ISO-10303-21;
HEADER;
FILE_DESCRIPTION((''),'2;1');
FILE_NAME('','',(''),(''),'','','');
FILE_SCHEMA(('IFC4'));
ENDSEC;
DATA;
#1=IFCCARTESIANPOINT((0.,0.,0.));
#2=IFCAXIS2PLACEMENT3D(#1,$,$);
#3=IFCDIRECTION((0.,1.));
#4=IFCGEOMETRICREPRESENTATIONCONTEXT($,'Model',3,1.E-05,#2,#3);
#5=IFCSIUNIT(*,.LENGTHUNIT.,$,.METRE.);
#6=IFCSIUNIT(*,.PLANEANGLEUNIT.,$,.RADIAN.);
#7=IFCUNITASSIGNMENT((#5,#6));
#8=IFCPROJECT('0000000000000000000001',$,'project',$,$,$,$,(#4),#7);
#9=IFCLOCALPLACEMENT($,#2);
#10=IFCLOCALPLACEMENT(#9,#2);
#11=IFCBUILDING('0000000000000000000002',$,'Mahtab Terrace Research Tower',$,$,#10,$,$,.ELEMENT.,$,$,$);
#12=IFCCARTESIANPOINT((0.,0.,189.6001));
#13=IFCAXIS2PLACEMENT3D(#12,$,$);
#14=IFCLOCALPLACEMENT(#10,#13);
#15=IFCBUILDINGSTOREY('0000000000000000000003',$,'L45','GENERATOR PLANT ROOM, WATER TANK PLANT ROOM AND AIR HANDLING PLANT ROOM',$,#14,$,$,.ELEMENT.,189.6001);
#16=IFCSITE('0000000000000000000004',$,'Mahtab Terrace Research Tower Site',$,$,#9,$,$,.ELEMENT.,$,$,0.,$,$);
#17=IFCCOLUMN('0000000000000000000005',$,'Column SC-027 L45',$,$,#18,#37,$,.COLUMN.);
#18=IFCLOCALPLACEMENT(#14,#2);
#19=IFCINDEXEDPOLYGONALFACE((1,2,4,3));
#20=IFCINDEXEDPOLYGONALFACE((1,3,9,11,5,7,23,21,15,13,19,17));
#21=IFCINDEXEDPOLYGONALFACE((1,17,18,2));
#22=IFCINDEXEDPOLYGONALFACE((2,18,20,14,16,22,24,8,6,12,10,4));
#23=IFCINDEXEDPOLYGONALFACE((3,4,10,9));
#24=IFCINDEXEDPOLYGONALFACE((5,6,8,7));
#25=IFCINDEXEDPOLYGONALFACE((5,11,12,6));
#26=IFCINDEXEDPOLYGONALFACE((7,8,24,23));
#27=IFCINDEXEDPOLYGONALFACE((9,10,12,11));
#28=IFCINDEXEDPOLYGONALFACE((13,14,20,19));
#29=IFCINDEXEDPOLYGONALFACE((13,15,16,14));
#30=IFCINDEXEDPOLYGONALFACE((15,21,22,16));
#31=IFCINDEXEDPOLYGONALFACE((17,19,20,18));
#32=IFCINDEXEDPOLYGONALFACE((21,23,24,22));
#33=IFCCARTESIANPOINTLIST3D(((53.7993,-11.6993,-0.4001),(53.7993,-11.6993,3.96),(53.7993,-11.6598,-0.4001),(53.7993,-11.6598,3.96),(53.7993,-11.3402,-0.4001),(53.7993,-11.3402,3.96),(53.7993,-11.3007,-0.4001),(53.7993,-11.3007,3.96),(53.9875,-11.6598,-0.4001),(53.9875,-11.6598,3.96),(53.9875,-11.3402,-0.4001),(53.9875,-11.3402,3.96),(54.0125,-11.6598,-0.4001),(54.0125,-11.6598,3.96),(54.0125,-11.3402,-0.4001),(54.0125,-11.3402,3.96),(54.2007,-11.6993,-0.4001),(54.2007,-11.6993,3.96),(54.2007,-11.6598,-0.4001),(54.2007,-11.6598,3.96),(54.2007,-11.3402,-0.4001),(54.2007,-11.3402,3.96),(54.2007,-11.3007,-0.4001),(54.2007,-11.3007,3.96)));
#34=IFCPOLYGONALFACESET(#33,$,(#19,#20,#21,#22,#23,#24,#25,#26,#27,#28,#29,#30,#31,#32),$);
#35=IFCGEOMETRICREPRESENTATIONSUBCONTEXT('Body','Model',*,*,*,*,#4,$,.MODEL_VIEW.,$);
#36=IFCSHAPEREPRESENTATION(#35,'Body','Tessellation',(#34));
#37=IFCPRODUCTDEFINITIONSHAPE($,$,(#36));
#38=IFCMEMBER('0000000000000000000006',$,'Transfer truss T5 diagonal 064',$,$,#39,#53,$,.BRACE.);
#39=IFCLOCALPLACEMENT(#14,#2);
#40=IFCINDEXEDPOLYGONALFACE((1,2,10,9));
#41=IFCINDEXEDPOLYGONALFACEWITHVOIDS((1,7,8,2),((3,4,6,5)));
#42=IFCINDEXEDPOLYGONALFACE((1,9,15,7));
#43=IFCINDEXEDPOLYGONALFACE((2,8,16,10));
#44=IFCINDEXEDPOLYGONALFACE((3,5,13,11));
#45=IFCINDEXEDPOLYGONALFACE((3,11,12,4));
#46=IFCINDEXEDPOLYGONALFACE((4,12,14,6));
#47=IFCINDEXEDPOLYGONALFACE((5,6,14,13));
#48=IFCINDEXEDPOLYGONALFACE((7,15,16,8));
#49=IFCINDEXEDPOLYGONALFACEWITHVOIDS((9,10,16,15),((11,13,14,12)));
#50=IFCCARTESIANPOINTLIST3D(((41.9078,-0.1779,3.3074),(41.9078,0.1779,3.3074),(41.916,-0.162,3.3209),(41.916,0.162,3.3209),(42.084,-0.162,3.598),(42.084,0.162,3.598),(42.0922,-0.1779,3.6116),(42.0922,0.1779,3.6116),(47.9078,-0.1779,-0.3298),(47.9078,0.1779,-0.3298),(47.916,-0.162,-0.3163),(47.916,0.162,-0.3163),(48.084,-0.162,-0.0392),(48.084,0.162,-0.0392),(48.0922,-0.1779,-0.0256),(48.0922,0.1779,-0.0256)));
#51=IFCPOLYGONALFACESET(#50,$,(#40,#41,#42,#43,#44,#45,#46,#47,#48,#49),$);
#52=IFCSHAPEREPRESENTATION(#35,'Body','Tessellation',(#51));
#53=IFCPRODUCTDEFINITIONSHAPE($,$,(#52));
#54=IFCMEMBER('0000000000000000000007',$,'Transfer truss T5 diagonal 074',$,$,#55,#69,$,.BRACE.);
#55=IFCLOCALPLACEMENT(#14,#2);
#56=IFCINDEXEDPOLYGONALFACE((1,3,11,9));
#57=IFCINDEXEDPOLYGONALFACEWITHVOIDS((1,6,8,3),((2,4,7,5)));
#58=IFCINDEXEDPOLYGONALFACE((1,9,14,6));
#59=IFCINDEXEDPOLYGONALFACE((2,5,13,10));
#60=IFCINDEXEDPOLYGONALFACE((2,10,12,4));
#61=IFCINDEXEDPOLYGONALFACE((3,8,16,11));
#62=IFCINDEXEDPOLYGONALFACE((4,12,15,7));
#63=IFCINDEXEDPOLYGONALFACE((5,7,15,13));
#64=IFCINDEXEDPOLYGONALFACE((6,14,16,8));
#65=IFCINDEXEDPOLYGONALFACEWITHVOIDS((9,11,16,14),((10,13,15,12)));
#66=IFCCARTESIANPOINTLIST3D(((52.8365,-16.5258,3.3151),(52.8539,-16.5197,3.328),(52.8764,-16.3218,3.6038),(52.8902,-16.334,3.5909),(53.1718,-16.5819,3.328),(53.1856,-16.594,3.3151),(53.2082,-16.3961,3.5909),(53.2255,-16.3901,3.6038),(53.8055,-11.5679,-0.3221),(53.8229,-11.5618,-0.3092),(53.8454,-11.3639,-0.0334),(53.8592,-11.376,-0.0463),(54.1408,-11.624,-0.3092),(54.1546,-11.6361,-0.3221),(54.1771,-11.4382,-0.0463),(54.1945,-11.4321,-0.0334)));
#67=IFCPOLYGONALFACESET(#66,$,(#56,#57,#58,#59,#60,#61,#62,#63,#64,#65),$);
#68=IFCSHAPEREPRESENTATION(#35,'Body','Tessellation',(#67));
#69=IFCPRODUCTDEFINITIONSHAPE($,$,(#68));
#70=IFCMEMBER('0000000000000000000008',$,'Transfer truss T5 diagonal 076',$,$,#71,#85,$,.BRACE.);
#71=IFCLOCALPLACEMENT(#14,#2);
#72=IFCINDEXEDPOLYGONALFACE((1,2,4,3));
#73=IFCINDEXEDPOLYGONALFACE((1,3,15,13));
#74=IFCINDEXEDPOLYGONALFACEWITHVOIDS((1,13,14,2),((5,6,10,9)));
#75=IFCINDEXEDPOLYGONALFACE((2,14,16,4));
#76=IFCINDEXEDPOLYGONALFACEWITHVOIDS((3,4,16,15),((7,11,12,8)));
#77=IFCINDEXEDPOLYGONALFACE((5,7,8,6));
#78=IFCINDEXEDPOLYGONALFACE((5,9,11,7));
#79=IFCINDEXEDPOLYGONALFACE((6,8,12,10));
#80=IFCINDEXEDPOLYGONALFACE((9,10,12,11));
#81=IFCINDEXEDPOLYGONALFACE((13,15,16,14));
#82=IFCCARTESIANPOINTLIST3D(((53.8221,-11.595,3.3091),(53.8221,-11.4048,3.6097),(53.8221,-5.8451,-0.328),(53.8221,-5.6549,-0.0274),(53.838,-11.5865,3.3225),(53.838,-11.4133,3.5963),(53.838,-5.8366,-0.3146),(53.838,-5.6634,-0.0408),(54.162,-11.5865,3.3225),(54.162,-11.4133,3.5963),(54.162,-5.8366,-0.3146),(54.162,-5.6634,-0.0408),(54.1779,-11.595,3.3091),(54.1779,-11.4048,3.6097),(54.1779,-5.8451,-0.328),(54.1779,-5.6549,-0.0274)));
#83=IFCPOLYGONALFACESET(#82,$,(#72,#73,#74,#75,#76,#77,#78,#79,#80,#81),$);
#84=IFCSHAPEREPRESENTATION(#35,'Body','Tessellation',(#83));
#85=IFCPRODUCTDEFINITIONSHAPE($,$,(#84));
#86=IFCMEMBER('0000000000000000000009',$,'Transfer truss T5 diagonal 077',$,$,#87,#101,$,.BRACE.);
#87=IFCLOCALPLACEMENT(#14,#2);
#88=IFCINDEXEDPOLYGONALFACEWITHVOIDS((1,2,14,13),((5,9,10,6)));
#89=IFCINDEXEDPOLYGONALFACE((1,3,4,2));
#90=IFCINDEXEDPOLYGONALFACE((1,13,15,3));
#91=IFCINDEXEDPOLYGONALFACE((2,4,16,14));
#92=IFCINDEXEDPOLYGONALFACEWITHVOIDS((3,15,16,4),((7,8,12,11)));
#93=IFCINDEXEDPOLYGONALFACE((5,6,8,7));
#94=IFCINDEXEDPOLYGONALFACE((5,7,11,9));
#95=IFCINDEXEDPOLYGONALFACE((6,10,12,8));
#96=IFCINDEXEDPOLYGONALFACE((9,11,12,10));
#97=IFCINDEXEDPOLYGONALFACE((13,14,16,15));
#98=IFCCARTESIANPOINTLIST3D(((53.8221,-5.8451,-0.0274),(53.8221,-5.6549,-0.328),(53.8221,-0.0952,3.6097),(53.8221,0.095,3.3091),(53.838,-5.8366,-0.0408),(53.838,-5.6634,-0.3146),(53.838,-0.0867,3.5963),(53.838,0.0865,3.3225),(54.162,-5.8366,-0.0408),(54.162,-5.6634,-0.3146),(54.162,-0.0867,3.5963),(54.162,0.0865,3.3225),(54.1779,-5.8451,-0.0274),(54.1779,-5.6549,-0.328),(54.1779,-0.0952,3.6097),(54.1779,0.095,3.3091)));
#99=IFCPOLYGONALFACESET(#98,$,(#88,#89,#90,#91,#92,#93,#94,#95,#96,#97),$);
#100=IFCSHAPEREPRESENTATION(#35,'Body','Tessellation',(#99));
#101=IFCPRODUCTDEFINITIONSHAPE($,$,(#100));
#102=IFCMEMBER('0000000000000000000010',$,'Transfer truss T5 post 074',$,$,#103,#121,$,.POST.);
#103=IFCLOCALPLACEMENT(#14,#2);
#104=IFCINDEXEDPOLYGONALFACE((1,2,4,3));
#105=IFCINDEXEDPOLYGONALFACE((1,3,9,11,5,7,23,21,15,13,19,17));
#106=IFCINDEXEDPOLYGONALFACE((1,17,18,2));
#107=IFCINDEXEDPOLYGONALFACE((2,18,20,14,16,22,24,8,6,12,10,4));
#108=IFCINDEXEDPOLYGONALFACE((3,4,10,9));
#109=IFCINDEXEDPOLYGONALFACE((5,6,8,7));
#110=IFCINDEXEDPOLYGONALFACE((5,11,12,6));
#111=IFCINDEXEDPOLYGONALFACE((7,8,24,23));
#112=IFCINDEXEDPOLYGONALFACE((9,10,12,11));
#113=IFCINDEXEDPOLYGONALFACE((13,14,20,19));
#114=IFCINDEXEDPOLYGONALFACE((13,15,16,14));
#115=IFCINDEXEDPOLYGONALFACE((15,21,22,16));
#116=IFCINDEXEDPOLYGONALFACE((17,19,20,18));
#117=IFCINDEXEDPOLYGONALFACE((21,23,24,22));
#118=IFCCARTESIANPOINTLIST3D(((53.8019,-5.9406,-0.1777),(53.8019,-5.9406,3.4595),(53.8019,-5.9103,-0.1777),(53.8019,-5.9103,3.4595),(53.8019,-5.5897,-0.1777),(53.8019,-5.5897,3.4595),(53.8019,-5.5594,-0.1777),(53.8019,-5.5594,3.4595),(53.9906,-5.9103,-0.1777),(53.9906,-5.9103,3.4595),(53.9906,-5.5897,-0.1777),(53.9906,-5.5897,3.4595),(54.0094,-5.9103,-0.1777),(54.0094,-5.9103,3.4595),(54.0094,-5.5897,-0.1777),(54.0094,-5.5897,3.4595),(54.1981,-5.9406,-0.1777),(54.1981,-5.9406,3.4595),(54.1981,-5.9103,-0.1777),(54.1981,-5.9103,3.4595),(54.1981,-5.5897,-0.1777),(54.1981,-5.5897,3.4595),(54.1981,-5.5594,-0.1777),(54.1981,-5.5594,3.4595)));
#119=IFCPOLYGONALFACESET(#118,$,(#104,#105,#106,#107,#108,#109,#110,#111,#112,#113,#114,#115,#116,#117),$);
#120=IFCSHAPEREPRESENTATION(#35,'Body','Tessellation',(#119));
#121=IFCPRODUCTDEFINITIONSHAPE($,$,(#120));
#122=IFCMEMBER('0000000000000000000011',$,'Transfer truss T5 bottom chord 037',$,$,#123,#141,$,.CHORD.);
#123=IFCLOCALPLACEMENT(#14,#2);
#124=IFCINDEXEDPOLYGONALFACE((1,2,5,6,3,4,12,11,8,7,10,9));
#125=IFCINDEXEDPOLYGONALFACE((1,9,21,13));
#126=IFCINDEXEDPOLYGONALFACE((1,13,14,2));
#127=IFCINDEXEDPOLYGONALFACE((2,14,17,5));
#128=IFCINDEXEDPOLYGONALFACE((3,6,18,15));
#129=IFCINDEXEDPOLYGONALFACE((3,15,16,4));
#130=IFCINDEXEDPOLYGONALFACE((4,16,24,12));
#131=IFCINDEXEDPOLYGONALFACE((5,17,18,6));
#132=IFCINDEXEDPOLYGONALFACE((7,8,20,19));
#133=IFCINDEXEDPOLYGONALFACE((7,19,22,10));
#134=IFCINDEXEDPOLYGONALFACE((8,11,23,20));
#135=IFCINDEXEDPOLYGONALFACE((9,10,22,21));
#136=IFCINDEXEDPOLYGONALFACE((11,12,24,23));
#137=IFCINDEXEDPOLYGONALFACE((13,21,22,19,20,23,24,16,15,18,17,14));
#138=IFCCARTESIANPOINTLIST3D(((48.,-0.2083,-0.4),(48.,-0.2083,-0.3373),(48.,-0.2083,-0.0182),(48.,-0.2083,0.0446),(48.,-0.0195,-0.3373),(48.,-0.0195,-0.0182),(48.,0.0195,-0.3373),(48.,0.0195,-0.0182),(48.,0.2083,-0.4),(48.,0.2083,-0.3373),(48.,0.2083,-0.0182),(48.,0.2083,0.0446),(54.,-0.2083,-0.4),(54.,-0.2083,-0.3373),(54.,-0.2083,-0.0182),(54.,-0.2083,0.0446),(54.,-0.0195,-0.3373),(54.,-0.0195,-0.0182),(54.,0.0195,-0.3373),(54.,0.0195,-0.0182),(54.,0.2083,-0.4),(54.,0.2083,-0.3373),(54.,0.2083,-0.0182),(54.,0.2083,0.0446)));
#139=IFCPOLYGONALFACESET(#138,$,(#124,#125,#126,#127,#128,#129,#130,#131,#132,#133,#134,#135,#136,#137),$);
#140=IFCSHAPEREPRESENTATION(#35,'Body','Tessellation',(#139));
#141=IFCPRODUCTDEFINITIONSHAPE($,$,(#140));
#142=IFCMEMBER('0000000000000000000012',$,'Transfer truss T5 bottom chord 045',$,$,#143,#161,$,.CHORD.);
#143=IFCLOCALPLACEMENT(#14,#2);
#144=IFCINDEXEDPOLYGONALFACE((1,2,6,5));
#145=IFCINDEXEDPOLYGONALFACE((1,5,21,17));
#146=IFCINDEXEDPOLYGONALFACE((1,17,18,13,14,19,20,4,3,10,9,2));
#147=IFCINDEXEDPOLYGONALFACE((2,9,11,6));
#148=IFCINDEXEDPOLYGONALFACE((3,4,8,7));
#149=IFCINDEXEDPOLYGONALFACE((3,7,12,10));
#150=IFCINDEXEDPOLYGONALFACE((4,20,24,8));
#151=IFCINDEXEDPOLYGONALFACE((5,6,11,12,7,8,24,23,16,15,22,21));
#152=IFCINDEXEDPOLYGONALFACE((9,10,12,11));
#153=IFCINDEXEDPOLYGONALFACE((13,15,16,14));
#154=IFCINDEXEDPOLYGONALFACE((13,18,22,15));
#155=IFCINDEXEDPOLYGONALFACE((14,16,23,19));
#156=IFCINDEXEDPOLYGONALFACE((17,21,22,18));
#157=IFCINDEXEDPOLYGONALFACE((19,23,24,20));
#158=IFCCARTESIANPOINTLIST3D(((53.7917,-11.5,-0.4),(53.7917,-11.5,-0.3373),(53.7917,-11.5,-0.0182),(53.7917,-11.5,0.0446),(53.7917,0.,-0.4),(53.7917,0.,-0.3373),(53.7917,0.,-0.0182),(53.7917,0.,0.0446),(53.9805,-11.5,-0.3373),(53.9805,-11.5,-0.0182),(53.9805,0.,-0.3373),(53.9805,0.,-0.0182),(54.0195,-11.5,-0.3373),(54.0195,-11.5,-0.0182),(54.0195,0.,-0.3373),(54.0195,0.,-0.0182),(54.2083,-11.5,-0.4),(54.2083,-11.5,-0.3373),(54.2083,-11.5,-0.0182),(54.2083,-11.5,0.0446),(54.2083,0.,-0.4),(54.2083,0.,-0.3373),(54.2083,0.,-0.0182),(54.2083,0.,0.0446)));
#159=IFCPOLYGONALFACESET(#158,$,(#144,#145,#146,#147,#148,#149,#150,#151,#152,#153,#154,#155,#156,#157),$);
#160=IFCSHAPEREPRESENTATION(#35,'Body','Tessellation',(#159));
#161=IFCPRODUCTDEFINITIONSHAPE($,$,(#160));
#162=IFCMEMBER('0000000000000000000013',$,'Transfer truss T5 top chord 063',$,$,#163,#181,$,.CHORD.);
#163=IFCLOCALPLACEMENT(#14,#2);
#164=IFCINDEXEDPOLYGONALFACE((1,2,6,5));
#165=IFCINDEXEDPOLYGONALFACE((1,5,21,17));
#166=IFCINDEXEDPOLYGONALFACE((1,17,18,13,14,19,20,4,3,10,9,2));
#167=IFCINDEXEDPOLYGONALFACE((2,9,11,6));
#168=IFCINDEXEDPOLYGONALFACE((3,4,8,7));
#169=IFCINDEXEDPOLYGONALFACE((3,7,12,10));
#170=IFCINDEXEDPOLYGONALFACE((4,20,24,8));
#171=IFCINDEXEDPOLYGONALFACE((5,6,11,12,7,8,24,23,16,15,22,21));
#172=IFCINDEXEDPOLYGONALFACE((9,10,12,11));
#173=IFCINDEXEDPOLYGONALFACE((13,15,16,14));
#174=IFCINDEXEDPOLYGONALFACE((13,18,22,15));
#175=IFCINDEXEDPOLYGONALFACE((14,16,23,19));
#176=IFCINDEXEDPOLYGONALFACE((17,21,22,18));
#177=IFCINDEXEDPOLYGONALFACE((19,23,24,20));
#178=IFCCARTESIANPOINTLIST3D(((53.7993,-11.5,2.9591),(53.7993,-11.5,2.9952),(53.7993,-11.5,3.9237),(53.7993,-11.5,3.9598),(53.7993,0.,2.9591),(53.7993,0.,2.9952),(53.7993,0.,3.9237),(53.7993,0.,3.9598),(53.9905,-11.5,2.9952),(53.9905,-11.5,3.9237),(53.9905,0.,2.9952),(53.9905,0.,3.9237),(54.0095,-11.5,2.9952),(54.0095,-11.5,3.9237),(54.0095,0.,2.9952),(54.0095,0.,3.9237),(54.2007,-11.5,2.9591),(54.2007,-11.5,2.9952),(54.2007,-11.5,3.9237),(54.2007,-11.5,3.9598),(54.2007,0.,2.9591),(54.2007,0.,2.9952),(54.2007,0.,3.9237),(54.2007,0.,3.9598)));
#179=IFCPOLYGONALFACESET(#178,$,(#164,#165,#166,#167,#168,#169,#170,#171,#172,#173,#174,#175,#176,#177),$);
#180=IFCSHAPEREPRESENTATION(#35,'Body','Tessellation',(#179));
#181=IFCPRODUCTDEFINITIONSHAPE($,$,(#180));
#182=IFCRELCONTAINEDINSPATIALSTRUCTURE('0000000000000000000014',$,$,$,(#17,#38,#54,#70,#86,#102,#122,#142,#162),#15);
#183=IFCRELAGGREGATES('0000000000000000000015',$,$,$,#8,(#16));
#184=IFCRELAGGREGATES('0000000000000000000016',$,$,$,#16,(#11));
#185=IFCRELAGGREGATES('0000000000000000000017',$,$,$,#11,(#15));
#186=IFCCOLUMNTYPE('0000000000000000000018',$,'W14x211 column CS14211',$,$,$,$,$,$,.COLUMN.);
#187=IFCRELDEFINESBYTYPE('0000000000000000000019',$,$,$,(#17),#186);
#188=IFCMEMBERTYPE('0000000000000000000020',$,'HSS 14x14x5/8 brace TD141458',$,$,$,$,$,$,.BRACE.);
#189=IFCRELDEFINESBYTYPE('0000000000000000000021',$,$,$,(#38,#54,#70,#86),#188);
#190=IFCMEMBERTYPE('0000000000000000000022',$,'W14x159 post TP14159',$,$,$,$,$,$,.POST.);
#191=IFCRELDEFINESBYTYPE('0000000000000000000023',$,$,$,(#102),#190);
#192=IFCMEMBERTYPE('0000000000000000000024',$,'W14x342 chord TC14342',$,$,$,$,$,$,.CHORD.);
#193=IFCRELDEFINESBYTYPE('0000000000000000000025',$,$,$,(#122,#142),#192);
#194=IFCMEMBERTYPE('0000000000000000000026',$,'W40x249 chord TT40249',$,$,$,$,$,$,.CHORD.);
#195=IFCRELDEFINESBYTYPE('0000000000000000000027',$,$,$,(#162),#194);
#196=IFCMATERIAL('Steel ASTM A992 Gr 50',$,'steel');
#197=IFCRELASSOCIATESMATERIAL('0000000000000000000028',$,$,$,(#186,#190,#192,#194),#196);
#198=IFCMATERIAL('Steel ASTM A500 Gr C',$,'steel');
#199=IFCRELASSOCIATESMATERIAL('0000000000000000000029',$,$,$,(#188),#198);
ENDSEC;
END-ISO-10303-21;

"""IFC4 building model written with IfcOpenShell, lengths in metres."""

from ifc_helpers import new_model, si_unit, direction, frame, origin, origin_2d, place, context, subcontext, project, spatial, hollow_rectangle, i_section, extrude, material, material_profile, profile_set, type_object, element, save


model = new_model("IFC4")

# Units and contexts
model_context = context("Model", 3, precision=1e-05, world=origin(), true_north=direction((0.0, 1.0)))
body_context = subcontext(model_context, "Body", "Model", "MODEL_VIEW")
ifc_project = project(units=[si_unit("LENGTHUNIT", "METRE"), si_unit("PLANEANGLEUNIT", "RADIAN")], contexts=[model_context])

# Site, building, storey
site_placement = place(None, origin())
site = spatial("IfcSite", under=ifc_project, at=site_placement, Name="Mahtab Terrace Research Tower Site", CompositionType="ELEMENT", RefElevation=0.0)
building_placement = place(site_placement, origin())
building = spatial("IfcBuilding", under=site, at=building_placement, Name="Mahtab Terrace Research Tower", CompositionType="ELEMENT")
storey_placement = place(building_placement, frame((0.0, 0.0, 189.6001)))
storey = spatial("IfcBuildingStorey", under=building, at=storey_placement, Name="L45", Description="GENERATOR PLANT ROOM, WATER TANK PLANT ROOM AND AIR HANDLING PLANT ROOM", CompositionType="ELEMENT", Elevation=189.6001)

# Column
ifc_material_1 = material(Name="Steel ASTM A992 Gr 50", Category="steel")
ifc_material_profile_1 = material_profile(ifc_material_1, i_section(OverallWidth=0.4014, OverallDepth=0.3987, WebThickness=0.0249, FlangeThickness=0.0396, at=origin_2d()), Name="W14X211")
ifc_profile_set_1 = profile_set([ifc_material_profile_1], Name="Steel ASTM A992 Gr 50")
column_type = type_object("IfcColumnType", Name="W14x211 column CS14211", PredefinedType="COLUMN", material=ifc_profile_set_1)
column_placement = place(storey_placement, frame((54.0, -11.5, -0.4001), z_axis=(0.0, 0.0, 1.0), x_axis=(1.0, 0.0, 0.0)))
element("IfcColumn", 1, at=column_placement, inside=storey, type_object=column_type, Name="Column SC-027 L45", PredefinedType="COLUMN", context=body_context, shape_type="SweptSolid", body=[
    extrude(i_section(OverallWidth=0.4014, OverallDepth=0.3987, WebThickness=0.0249, FlangeThickness=0.0396, at=origin_2d()), origin(), (0.0, 0.0, 1.0), 4.3601),
])

# Members
ifc_material_2 = material(Name="Steel ASTM A500 Gr C", Category="steel")
ifc_material_profile_2 = material_profile(ifc_material_2, hollow_rectangle(XDim=0.3557, YDim=0.3557, WallThickness=0.0159, at=origin_2d()), Name="HSS14X14X5/8")
ifc_profile_set_2 = profile_set([ifc_material_profile_2], Name="Steel ASTM A500 Gr C")
member_type_1 = type_object("IfcMemberType", Name="HSS 14x14x5/8 brace TD141458", PredefinedType="BRACE", material=ifc_profile_set_2)
member_1_placement = place(storey_placement, frame((48.0, 0.0, -0.1777), z_axis=(-0.855145, 0.0, 0.51839), x_axis=(0.0, -1.0, 0.0)))
element("IfcMember", 2, at=member_1_placement, inside=storey, type_object=member_type_1, Name="Transfer truss T5 diagonal 064", PredefinedType="BRACE", context=body_context, shape_type="SweptSolid", body=[
    extrude(hollow_rectangle(XDim=0.3557, YDim=0.3557, WallThickness=0.0159, at=origin_2d()), origin(), (0.0, 0.0, 1.0), 7.0164),
])
member_2_placement = place(storey_placement, frame((54.0, -11.5, -0.1777), z_axis=(-0.155663, -0.796473, 0.584294), x_axis=(0.981432, -0.191811, 0.0)))
element("IfcMember", 3, at=member_2_placement, inside=storey, type_object=member_type_1, Name="Transfer truss T5 diagonal 074", PredefinedType="BRACE", context=body_context, shape_type="SweptSolid", body=[
    extrude(hollow_rectangle(XDim=0.3557, YDim=0.3557, WallThickness=0.0159, at=origin_2d()), origin(), (0.0, 0.0, 1.0), 6.2249),
])
for number, where, z_axis, x_axis, name in (
    (4, (54.0, -5.75, -0.1777), (0.0, -0.845115, 0.534584), (1.0, 0.0, 0.0), "Transfer truss T5 diagonal 076"),
    (5, (54.0, -5.75, -0.1777), (0.0, 0.845115, 0.534584), (-1.0, 0.0, 0.0), "Transfer truss T5 diagonal 077"),
):
    element("IfcMember", number, at=place(storey_placement, frame(where, z_axis=z_axis, x_axis=x_axis)), inside=storey, type_object=member_type_1, Name=name, PredefinedType="BRACE", context=body_context, shape_type="SweptSolid", body=[
        extrude(hollow_rectangle(XDim=0.3557, YDim=0.3557, WallThickness=0.0159, at=origin_2d()), origin(), (0.0, 0.0, 1.0), 6.8037),
    ])
ifc_material_profile_3 = material_profile(ifc_material_1, i_section(OverallWidth=0.3962, OverallDepth=0.3811, WebThickness=0.0188, FlangeThickness=0.0303, at=origin_2d()), Name="W14X159")
ifc_profile_set_3 = profile_set([ifc_material_profile_3], Name="Steel ASTM A992 Gr 50")
member_type_2 = type_object("IfcMemberType", Name="W14x159 post TP14159", PredefinedType="POST", material=ifc_profile_set_3)
member_3_placement = place(storey_placement, frame((54.0, -5.75, -0.1777), z_axis=(0.0, 0.0, 1.0), x_axis=(1.0, 0.0, 0.0)))
element("IfcMember", 6, at=member_3_placement, inside=storey, type_object=member_type_2, Name="Transfer truss T5 post 074", PredefinedType="POST", context=body_context, shape_type="SweptSolid", body=[
    extrude(i_section(OverallWidth=0.3962, OverallDepth=0.3811, WebThickness=0.0188, FlangeThickness=0.0303, at=origin_2d()), origin(), (0.0, 0.0, 1.0), 3.6372),
])
ifc_material_profile_4 = material_profile(ifc_material_1, i_section(OverallWidth=0.4165, OverallDepth=0.4446, WebThickness=0.0391, FlangeThickness=0.0627, at=origin_2d()), Name="W14X342")
ifc_profile_set_4 = profile_set([ifc_material_profile_4], Name="Steel ASTM A992 Gr 50")
member_type_3 = type_object("IfcMemberType", Name="W14x342 chord TC14342", PredefinedType="CHORD", material=ifc_profile_set_4)
member_4_placement = place(storey_placement, frame((48.0, 0.0, -0.1777), z_axis=(1.0, 0.0, 0.0), x_axis=(0.0, 1.0, 0.0)))
element("IfcMember", 7, at=member_4_placement, inside=storey, type_object=member_type_3, Name="Transfer truss T5 bottom chord 037", PredefinedType="CHORD", context=body_context, shape_type="SweptSolid", body=[
    extrude(i_section(OverallWidth=0.4165, OverallDepth=0.4446, WebThickness=0.0391, FlangeThickness=0.0627, at=origin_2d()), origin(), (0.0, 0.0, 1.0), 6.0),
])
member_5_placement = place(storey_placement, frame((54.0, -11.5, -0.1777), z_axis=(0.0, 1.0, 0.0), x_axis=(-1.0, 0.0, 0.0)))
element("IfcMember", 8, at=member_5_placement, inside=storey, type_object=member_type_3, Name="Transfer truss T5 bottom chord 045", PredefinedType="CHORD", context=body_context, shape_type="SweptSolid", body=[
    extrude(i_section(OverallWidth=0.4165, OverallDepth=0.4446, WebThickness=0.0391, FlangeThickness=0.0627, at=origin_2d()), origin(), (0.0, 0.0, 1.0), 11.5),
])
ifc_material_profile_5 = material_profile(ifc_material_1, i_section(OverallWidth=0.4014, OverallDepth=1.0007, WebThickness=0.019, FlangeThickness=0.0361, at=origin_2d()), Name="W40X249")
ifc_profile_set_5 = profile_set([ifc_material_profile_5], Name="Steel ASTM A992 Gr 50")
member_type_4 = type_object("IfcMemberType", Name="W40x249 chord TT40249", PredefinedType="CHORD", material=ifc_profile_set_5)
member_6_placement = place(storey_placement, frame((54.0, -11.5, 3.4595), z_axis=(0.0, 1.0, 0.0), x_axis=(-1.0, 0.0, 0.0)))
element("IfcMember", 9, at=member_6_placement, inside=storey, type_object=member_type_4, Name="Transfer truss T5 top chord 063", PredefinedType="CHORD", context=body_context, shape_type="SweptSolid", body=[
    extrude(i_section(OverallWidth=0.4014, OverallDepth=1.0007, WebThickness=0.019, FlangeThickness=0.0361, at=origin_2d()), origin(), (0.0, 0.0, 1.0), 11.5),
])

save(model, "model.ifc")
